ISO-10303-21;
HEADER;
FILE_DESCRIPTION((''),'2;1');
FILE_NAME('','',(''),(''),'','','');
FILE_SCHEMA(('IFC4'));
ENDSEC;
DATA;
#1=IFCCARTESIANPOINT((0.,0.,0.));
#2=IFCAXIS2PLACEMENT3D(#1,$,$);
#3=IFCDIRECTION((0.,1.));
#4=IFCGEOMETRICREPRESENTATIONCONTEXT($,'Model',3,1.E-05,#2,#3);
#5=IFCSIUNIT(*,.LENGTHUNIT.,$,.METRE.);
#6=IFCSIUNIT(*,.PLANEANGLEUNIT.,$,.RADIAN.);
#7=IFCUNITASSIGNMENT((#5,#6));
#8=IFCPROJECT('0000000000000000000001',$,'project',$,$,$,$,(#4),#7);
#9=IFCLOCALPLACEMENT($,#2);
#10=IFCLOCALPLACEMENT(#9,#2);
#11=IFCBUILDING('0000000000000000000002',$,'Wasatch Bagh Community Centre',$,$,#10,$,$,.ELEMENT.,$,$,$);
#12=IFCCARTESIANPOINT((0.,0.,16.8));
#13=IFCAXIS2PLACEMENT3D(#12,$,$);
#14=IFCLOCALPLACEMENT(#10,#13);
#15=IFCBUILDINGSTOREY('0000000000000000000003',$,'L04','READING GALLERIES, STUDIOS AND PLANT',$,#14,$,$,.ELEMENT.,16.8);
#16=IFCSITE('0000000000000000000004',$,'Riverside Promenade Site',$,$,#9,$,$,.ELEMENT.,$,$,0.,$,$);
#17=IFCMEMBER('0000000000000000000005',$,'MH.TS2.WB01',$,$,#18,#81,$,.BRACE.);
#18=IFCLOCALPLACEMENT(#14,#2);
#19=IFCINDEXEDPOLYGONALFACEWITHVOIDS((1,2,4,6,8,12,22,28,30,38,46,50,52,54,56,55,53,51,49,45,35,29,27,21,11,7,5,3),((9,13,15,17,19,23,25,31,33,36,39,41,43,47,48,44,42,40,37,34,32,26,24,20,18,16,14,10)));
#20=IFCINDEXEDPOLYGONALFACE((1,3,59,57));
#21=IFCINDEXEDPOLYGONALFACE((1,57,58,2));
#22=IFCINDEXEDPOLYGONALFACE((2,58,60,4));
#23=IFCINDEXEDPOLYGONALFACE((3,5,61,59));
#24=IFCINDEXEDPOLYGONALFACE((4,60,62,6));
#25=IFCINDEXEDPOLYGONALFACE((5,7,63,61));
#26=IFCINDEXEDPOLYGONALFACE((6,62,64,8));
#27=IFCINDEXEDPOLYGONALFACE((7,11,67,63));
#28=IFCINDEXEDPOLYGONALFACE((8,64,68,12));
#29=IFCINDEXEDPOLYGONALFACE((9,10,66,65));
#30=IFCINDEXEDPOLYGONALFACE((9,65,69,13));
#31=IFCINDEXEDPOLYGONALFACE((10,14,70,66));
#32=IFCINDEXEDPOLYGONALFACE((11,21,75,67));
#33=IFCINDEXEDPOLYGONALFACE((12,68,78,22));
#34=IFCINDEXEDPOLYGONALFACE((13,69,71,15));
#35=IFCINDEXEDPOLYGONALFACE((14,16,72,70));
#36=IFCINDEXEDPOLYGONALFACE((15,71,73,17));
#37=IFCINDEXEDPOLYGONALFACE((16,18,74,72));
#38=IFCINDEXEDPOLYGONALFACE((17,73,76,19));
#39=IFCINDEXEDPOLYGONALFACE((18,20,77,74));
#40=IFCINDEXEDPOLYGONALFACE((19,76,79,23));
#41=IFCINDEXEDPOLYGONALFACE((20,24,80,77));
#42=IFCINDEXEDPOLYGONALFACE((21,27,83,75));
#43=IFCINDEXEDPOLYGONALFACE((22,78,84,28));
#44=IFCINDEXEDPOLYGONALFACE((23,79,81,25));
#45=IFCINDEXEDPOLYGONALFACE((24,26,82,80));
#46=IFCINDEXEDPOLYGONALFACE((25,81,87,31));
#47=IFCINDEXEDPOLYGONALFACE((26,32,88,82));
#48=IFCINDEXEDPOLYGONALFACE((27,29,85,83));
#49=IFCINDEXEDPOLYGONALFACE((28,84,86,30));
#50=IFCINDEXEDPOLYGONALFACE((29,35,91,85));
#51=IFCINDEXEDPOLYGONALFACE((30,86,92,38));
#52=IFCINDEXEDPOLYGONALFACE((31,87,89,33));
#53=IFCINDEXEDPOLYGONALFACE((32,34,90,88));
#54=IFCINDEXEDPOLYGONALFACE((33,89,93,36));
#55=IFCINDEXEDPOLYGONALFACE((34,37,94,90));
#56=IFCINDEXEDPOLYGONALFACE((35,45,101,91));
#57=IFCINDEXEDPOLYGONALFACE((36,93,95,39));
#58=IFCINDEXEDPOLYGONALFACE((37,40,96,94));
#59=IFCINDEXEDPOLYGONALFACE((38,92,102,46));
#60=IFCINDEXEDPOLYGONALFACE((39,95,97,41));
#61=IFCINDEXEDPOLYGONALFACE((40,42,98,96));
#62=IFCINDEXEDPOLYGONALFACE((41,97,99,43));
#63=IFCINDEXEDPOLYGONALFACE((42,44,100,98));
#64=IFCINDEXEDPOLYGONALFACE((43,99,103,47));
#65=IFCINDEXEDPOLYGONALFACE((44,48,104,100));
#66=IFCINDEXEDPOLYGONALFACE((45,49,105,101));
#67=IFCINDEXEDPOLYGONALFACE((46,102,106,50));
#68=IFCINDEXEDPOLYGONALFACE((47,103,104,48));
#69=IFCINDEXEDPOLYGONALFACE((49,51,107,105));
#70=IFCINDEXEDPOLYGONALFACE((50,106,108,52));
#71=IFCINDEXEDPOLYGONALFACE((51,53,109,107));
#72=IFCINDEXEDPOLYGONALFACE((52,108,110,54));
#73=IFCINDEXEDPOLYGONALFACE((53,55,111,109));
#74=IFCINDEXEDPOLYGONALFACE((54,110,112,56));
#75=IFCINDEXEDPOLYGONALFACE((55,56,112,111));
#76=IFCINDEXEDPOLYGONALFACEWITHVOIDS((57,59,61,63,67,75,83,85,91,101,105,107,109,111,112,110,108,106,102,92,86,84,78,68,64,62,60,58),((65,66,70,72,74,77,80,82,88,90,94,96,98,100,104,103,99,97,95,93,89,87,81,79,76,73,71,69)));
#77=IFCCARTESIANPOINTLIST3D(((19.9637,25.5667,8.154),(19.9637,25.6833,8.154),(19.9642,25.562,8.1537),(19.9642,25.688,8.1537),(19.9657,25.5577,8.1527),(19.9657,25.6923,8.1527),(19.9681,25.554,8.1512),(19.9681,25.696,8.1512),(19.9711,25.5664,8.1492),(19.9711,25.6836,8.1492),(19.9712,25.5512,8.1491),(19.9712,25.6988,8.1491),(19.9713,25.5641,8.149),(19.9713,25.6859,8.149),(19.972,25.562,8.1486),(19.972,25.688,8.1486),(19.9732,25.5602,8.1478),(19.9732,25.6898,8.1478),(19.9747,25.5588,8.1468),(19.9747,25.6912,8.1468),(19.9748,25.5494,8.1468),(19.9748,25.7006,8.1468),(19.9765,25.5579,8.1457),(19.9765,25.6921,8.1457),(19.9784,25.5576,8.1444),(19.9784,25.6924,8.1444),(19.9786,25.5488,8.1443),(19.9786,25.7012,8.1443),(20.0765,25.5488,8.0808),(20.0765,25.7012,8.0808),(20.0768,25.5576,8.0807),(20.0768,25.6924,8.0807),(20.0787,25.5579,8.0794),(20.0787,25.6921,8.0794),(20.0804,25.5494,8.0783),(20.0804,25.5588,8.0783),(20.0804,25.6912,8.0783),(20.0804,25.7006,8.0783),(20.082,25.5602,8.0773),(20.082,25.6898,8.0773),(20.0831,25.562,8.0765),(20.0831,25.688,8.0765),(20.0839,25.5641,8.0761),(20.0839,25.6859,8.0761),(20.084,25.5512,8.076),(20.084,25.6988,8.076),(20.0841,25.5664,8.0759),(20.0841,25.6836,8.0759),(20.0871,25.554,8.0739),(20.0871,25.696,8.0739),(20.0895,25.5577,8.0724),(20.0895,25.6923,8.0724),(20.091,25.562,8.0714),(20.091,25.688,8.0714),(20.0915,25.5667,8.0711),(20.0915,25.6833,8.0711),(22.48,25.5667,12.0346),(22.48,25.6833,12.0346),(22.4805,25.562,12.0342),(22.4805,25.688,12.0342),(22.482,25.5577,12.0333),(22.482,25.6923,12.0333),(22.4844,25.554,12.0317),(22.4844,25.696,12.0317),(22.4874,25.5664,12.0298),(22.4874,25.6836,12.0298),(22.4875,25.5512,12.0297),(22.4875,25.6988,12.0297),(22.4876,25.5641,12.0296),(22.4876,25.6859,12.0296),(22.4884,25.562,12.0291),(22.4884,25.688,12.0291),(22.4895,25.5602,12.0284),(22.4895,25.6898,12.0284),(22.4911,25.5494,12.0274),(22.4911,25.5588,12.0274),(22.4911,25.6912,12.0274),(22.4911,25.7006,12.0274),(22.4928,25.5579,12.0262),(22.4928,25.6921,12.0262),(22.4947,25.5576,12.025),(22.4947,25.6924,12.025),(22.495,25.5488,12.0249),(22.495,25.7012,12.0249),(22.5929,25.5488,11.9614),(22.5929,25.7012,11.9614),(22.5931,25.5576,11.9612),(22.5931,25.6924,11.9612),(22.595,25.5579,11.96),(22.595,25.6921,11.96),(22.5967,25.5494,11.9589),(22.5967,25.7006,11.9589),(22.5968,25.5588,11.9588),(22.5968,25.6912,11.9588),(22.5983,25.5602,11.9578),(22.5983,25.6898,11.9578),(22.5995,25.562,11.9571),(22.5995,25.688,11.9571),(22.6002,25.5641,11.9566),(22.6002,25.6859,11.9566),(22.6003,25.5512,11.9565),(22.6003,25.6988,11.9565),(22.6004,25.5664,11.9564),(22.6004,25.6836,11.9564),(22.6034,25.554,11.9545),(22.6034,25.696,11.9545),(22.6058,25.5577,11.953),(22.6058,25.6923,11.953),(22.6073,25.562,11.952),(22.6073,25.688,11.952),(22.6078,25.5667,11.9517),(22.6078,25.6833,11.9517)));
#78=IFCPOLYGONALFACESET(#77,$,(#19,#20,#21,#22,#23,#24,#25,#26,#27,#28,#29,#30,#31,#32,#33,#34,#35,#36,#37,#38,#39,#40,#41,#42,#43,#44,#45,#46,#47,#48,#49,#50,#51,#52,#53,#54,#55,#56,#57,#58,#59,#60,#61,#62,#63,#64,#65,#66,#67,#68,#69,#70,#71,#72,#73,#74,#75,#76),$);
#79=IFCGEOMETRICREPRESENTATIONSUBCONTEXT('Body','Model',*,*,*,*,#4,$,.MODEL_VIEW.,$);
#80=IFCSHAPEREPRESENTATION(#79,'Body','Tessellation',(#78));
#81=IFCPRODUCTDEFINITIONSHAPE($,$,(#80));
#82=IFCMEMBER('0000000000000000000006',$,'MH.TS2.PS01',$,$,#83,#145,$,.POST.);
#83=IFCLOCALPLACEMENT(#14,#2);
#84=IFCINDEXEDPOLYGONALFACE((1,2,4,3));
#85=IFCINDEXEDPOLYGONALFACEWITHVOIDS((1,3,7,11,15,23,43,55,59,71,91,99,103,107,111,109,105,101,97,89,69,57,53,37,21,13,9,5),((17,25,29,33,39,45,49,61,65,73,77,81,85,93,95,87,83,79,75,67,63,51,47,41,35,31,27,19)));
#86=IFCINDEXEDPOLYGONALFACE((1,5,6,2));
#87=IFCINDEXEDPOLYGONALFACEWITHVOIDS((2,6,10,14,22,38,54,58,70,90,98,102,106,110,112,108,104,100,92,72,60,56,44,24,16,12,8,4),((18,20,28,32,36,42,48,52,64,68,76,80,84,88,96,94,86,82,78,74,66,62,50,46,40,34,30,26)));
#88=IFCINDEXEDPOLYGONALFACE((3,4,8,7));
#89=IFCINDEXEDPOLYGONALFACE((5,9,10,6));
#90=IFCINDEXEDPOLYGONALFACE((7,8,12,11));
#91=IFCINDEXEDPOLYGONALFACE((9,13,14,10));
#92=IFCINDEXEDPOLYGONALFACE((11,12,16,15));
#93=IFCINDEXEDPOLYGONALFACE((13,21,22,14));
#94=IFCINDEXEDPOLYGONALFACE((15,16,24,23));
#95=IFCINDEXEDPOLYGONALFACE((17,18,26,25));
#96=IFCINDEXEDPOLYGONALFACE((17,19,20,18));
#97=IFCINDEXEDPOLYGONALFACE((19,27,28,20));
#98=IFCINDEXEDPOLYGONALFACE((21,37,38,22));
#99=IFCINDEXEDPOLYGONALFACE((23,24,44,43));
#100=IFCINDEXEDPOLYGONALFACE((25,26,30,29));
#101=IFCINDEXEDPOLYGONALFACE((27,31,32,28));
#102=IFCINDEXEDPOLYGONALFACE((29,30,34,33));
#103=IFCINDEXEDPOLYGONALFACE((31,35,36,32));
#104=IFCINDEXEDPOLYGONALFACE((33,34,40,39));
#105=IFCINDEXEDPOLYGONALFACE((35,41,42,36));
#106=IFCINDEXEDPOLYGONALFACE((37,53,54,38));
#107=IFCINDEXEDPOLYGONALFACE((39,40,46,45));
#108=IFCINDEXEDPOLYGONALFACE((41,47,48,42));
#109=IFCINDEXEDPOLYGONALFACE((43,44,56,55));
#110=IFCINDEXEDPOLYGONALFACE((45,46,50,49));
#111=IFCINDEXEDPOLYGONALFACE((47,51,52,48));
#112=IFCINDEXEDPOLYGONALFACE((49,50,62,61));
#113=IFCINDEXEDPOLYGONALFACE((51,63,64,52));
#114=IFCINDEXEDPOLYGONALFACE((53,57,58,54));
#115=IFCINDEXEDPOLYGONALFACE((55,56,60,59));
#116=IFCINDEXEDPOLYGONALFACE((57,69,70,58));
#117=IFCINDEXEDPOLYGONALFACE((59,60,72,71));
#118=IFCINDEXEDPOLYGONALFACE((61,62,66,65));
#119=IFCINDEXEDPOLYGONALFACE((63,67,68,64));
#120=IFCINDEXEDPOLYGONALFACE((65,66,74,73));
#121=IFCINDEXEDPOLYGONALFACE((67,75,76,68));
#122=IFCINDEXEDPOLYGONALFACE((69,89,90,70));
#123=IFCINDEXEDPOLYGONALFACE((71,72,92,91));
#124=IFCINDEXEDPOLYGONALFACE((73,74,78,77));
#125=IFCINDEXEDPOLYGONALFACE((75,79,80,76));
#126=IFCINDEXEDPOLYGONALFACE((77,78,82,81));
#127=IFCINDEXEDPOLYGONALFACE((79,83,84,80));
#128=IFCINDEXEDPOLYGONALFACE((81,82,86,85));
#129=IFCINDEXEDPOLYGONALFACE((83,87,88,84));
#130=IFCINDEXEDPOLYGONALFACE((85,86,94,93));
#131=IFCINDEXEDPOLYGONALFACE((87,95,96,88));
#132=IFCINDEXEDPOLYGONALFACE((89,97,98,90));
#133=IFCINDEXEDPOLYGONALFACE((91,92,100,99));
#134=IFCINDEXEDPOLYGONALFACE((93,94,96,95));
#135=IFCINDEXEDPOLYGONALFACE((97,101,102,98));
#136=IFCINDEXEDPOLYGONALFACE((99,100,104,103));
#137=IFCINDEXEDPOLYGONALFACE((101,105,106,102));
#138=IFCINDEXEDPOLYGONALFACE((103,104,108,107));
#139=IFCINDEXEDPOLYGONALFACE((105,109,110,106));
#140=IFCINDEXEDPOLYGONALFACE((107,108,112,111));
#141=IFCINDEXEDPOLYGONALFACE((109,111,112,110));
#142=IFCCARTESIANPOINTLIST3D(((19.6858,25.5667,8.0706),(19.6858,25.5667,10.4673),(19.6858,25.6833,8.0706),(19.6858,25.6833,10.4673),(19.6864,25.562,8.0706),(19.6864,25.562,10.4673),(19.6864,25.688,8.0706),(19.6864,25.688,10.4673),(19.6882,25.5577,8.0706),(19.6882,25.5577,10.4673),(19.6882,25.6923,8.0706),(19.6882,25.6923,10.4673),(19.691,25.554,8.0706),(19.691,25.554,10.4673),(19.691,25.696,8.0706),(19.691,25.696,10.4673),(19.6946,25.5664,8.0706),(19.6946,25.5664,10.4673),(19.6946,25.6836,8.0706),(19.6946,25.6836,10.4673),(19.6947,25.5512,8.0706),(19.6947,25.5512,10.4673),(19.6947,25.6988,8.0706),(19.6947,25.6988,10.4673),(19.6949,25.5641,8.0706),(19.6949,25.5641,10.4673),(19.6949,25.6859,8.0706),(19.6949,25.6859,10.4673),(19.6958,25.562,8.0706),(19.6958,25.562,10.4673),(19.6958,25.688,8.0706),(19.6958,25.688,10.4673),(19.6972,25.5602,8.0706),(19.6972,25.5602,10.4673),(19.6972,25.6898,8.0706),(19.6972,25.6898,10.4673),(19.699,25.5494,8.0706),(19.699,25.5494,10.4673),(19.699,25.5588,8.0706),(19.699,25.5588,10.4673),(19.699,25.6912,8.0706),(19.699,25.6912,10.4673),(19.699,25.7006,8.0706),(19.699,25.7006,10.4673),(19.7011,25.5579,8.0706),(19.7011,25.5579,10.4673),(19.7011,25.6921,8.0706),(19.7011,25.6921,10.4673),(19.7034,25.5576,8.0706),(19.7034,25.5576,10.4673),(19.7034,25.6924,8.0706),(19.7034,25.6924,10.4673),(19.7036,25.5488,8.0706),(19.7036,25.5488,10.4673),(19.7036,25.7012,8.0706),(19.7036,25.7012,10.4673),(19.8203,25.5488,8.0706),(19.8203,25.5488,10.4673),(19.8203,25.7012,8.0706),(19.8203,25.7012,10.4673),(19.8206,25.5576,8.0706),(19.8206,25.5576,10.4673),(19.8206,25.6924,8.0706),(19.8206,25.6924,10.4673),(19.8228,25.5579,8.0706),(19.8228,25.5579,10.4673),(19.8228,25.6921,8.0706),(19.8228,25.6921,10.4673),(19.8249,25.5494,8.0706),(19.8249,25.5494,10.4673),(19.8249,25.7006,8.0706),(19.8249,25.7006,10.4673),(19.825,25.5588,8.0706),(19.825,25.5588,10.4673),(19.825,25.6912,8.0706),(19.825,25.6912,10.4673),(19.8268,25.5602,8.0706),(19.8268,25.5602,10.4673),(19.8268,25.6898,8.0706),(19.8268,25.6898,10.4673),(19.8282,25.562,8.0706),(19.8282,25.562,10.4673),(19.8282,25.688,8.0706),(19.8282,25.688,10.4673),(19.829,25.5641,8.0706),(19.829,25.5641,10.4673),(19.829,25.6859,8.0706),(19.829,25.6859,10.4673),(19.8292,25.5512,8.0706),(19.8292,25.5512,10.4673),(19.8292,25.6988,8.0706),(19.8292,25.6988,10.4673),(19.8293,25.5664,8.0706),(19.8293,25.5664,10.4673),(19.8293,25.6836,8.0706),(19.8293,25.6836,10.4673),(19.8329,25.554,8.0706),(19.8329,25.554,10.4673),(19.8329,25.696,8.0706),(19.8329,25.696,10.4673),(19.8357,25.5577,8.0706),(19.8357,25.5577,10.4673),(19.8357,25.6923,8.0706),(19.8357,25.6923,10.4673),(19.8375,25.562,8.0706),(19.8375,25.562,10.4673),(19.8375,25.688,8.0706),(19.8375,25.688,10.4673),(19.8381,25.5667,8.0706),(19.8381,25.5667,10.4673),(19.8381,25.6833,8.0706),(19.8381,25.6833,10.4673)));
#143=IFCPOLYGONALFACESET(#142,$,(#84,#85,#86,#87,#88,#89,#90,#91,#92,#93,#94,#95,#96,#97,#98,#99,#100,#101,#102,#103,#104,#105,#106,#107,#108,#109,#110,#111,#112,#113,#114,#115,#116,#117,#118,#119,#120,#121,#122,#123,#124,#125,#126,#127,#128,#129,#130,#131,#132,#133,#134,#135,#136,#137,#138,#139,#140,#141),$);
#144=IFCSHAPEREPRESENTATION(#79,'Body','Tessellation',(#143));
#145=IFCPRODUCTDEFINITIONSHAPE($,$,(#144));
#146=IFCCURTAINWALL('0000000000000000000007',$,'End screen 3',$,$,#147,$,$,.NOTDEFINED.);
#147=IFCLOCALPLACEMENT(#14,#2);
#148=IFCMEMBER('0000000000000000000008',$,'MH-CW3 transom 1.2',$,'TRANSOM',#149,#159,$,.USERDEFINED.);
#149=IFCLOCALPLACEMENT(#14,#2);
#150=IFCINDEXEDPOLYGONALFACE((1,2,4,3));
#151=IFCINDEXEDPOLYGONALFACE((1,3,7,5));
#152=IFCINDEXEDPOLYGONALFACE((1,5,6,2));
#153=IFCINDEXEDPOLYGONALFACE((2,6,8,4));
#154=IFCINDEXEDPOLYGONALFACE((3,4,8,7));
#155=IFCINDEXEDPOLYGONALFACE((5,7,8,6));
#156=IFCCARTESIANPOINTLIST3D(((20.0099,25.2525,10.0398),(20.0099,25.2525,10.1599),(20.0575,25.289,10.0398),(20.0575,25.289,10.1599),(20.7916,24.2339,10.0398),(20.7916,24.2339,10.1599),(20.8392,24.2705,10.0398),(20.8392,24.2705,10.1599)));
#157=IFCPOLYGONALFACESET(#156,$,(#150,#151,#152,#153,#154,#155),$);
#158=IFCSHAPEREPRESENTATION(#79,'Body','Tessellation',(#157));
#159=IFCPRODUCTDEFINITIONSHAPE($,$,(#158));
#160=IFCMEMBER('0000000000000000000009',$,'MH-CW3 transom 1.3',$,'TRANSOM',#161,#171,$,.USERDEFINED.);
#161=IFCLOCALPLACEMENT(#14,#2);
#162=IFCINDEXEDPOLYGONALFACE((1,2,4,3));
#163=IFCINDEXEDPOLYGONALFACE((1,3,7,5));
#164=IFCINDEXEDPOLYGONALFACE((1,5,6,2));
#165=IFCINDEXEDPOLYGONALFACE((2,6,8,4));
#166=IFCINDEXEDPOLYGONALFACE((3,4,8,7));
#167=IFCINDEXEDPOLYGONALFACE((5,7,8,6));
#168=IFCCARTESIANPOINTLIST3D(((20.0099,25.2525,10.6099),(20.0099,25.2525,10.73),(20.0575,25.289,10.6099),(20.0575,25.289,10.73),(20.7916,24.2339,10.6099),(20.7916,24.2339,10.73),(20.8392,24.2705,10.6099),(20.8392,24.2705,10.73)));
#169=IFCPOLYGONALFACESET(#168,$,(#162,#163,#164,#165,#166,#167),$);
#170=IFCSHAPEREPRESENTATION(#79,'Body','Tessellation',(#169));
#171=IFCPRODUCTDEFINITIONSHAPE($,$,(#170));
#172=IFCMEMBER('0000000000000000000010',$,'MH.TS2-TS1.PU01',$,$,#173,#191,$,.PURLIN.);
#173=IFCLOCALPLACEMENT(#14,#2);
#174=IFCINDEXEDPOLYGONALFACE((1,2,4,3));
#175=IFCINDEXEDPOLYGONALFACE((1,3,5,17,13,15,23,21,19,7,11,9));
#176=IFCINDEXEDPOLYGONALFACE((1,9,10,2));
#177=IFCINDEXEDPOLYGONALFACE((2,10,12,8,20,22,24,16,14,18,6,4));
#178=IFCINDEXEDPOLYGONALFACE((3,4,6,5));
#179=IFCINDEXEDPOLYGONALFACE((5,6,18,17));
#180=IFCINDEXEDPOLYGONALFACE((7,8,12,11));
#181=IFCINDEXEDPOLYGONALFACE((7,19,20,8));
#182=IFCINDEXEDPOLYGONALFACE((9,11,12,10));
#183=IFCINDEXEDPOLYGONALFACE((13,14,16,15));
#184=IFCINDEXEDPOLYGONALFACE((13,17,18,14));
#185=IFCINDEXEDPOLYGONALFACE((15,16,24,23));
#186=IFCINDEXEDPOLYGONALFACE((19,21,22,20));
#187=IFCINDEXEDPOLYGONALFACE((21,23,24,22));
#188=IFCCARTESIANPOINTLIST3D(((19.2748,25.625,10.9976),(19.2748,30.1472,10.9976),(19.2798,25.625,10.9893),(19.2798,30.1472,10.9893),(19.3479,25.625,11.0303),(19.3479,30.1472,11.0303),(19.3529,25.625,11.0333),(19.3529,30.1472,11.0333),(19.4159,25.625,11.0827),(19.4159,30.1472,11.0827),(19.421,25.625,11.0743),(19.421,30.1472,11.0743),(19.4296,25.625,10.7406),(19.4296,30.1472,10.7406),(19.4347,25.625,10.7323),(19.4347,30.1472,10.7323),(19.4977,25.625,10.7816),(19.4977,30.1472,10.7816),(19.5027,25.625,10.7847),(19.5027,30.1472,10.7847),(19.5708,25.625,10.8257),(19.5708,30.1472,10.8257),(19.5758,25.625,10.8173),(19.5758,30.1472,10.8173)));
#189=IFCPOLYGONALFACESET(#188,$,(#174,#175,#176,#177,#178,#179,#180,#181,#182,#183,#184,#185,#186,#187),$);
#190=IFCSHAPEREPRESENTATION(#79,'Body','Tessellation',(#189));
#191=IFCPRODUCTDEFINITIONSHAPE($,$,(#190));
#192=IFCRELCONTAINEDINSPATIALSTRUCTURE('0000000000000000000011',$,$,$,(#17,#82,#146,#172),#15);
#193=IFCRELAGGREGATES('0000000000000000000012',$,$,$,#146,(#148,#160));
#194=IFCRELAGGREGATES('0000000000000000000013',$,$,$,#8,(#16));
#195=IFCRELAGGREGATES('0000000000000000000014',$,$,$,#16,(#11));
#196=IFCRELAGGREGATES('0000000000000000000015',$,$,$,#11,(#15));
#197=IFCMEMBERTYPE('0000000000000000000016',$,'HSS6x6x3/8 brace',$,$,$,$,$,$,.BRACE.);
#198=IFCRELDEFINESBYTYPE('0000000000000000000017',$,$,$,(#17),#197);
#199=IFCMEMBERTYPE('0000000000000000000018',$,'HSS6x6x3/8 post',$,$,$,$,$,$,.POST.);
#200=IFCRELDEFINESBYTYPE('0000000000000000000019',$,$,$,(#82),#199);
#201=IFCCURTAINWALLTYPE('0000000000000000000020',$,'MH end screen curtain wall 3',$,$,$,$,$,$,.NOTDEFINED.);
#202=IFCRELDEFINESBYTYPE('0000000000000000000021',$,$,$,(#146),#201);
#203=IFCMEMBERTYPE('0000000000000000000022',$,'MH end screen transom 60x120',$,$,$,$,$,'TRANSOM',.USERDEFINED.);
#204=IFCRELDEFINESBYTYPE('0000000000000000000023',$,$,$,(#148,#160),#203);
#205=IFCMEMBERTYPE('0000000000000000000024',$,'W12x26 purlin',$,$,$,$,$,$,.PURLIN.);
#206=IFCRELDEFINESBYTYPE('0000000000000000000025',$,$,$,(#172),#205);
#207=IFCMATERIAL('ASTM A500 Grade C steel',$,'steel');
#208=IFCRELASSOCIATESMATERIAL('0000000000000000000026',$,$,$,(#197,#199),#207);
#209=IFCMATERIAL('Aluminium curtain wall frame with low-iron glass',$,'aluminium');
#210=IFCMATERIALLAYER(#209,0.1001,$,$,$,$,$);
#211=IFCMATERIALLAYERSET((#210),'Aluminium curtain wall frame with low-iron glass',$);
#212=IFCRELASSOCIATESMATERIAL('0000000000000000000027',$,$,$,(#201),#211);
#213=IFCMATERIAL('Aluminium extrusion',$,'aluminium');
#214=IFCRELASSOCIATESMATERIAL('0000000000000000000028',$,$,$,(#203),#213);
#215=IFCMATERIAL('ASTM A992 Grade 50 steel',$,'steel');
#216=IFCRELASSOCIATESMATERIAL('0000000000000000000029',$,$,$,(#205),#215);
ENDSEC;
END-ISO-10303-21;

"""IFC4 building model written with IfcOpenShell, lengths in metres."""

from ifc_helpers import new_model, si_unit, direction, frame, origin, origin_2d, place, context, subcontext, project, spatial, rectangle, hollow_rectangle, i_section, extrude, material, layer, layer_set, material_profile, profile_set, type_object, element, aggregate, save


model = new_model("IFC4")

# Units and contexts
model_context = context("Model", 3, precision=1e-05, world=origin(), true_north=direction((0.0, 1.0)))
body_context = subcontext(model_context, "Body", "Model", "MODEL_VIEW")
ifc_project = project(units=[si_unit("LENGTHUNIT", "METRE"), si_unit("PLANEANGLEUNIT", "RADIAN")], contexts=[model_context])

# Site, building, storey
site_placement = place(None, origin())
site = spatial("IfcSite", under=ifc_project, at=site_placement, Name="Riverside Promenade Site", CompositionType="ELEMENT", RefElevation=0.0)
building_placement = place(site_placement, origin())
building = spatial("IfcBuilding", under=site, at=building_placement, Name="Wasatch Bagh Community Centre", CompositionType="ELEMENT")
storey_placement = place(building_placement, frame((0.0, 0.0, 16.8)))
storey = spatial("IfcBuildingStorey", under=building, at=storey_placement, Name="L04", Description="READING GALLERIES, STUDIOS AND PLANT", CompositionType="ELEMENT", Elevation=16.8)

# Members
ifc_material_1 = material(Name="ASTM A500 Grade C steel", Category="steel")
ifc_material_profile_1 = material_profile(ifc_material_1, hollow_rectangle(XDim=0.1523, YDim=0.1523, WallThickness=0.0088, InnerFilletRadius=0.0088, OuterFilletRadius=0.0178, at=origin_2d()), Name="HSS6x6x3/8")
ifc_profile_set_1 = profile_set([ifc_material_profile_1], Name="ASTM A500 Grade C steel")
member_type_1 = type_object("IfcMemberType", Name="HSS6x6x3/8 brace", PredefinedType="BRACE", material=ifc_profile_set_1)
member_1_placement = place(storey_placement, frame((20.0276, 25.625, 8.1125), z_axis=(0.54407, 0.0, 0.83904), x_axis=(0.0, 1.0, 0.0)))
element("IfcMember", 1, at=member_1_placement, inside=storey, type_object=member_type_1, Name="MH.TS2.WB01", PredefinedType="BRACE", context=body_context, shape_type="SweptSolid", body=[
    extrude(hollow_rectangle(XDim=0.1523, YDim=0.1523, WallThickness=0.0088, InnerFilletRadius=0.0088, OuterFilletRadius=0.0178, at=origin_2d()), origin(), (0.0, 0.0, 1.0), 4.625),
])
ifc_material_profile_2 = material_profile(ifc_material_1, hollow_rectangle(XDim=0.1523, YDim=0.1523, WallThickness=0.0088, InnerFilletRadius=0.0088, OuterFilletRadius=0.0178, at=origin_2d()), Name="HSS6x6x3/8")
ifc_profile_set_2 = profile_set([ifc_material_profile_2], Name="ASTM A500 Grade C steel")
member_type_2 = type_object("IfcMemberType", Name="HSS6x6x3/8 post", PredefinedType="POST", material=ifc_profile_set_2)
member_2_placement = place(storey_placement, frame((19.762, 25.625, 8.0706), z_axis=(0.0, 0.0, 1.0), x_axis=(1.0, 0.0, 0.0)))
element("IfcMember", 2, at=member_2_placement, inside=storey, type_object=member_type_2, Name="MH.TS2.PS01", PredefinedType="POST", context=body_context, shape_type="SweptSolid", body=[
    extrude(hollow_rectangle(XDim=0.1523, YDim=0.1523, WallThickness=0.0088, InnerFilletRadius=0.0088, OuterFilletRadius=0.0178, at=origin_2d()), origin(), (0.0, 0.0, 1.0), 2.3967),
])

# Curtain wall, members
ifc_material_2 = material(Name="Aluminium curtain wall frame with low-iron glass", Category="aluminium")
ifc_layer = layer(ifc_material_2, 0.1001)
ifc_layer_set = layer_set([ifc_layer], Name="Aluminium curtain wall frame with low-iron glass")
curtain_wall_type = type_object("IfcCurtainWallType", Name="MH end screen curtain wall 3", PredefinedType="NOTDEFINED", material=ifc_layer_set)
curtain_wall_placement = place(storey_placement, origin())
curtain_wall = element("IfcCurtainWall", 3, at=curtain_wall_placement, inside=storey, type_object=curtain_wall_type, Name="End screen 3", PredefinedType="NOTDEFINED")
ifc_material_3 = material(Name="Aluminium extrusion", Category="aluminium")
ifc_material_profile_3 = material_profile(ifc_material_3, rectangle(XDim=0.0601, YDim=0.1201, at=origin_2d()), Name="AL 60x120")
ifc_profile_set_3 = profile_set([ifc_material_profile_3], Name="Aluminium extrusion")
member_type_3 = type_object("IfcMemberType", Name="MH end screen transom 60x120", ElementType="TRANSOM", PredefinedType="USERDEFINED", material=ifc_profile_set_3)
member_3_placement = place(storey_placement, frame((20.0337, 25.2708, 10.0999), z_axis=(0.608847, -0.793288, 0.0), x_axis=(0.793288, 0.608847, 0.0)))
member_3 = element("IfcMember", 4, at=member_3_placement, type_object=member_type_3, Name="MH-CW3 transom 1.2", ObjectType="TRANSOM", PredefinedType="USERDEFINED", context=body_context, shape_type="SweptSolid", body=[
    extrude(rectangle(XDim=0.0601, YDim=0.1201, at=origin_2d()), origin(), (0.0, 0.0, 1.0), 1.2839),
])
member_4_placement = place(storey_placement, frame((20.0337, 25.2708, 10.6699), z_axis=(0.608847, -0.793288, 0.0), x_axis=(0.793288, 0.608847, 0.0)))
member_4 = element("IfcMember", 5, at=member_4_placement, type_object=member_type_3, Name="MH-CW3 transom 1.3", ObjectType="TRANSOM", PredefinedType="USERDEFINED", context=body_context, shape_type="SweptSolid", body=[
    extrude(rectangle(XDim=0.0601, YDim=0.1201, at=origin_2d()), origin(), (0.0, 0.0, 1.0), 1.2839),
])
aggregate(curtain_wall, [member_3, member_4])

# Member
ifc_material_4 = material(Name="ASTM A992 Grade 50 steel", Category="steel")
ifc_material_profile_4 = material_profile(ifc_material_4, i_section(OverallWidth=0.1648, OverallDepth=0.3098, WebThickness=0.0059, FlangeThickness=0.0098, at=origin_2d()), Name="W12x26")
ifc_profile_set_4 = profile_set([ifc_material_profile_4], Name="ASTM A992 Grade 50 steel")
member_type_4 = type_object("IfcMemberType", Name="W12x26 purlin", PredefinedType="PURLIN", material=ifc_profile_set_4)
for number, where, z_axis, x_axis, name in (
    (6, (19.4253, 25.625, 10.9075), (0.0, 1.0, 0.0), (-0.856568, 0.0, -0.516034), "MH.TS2-TS1.PU01"),
):
    element("IfcMember", number, at=place(storey_placement, frame(where, z_axis=z_axis, x_axis=x_axis)), inside=storey, type_object=member_type_4, Name=name, PredefinedType="PURLIN", context=body_context, shape_type="SweptSolid", body=[
        extrude(i_section(OverallWidth=0.1648, OverallDepth=0.3098, WebThickness=0.0059, FlangeThickness=0.0098, at=origin_2d()), origin(), (0.0, 0.0, 1.0), 4.5222),
    ])

save(model, "model.ifc")
